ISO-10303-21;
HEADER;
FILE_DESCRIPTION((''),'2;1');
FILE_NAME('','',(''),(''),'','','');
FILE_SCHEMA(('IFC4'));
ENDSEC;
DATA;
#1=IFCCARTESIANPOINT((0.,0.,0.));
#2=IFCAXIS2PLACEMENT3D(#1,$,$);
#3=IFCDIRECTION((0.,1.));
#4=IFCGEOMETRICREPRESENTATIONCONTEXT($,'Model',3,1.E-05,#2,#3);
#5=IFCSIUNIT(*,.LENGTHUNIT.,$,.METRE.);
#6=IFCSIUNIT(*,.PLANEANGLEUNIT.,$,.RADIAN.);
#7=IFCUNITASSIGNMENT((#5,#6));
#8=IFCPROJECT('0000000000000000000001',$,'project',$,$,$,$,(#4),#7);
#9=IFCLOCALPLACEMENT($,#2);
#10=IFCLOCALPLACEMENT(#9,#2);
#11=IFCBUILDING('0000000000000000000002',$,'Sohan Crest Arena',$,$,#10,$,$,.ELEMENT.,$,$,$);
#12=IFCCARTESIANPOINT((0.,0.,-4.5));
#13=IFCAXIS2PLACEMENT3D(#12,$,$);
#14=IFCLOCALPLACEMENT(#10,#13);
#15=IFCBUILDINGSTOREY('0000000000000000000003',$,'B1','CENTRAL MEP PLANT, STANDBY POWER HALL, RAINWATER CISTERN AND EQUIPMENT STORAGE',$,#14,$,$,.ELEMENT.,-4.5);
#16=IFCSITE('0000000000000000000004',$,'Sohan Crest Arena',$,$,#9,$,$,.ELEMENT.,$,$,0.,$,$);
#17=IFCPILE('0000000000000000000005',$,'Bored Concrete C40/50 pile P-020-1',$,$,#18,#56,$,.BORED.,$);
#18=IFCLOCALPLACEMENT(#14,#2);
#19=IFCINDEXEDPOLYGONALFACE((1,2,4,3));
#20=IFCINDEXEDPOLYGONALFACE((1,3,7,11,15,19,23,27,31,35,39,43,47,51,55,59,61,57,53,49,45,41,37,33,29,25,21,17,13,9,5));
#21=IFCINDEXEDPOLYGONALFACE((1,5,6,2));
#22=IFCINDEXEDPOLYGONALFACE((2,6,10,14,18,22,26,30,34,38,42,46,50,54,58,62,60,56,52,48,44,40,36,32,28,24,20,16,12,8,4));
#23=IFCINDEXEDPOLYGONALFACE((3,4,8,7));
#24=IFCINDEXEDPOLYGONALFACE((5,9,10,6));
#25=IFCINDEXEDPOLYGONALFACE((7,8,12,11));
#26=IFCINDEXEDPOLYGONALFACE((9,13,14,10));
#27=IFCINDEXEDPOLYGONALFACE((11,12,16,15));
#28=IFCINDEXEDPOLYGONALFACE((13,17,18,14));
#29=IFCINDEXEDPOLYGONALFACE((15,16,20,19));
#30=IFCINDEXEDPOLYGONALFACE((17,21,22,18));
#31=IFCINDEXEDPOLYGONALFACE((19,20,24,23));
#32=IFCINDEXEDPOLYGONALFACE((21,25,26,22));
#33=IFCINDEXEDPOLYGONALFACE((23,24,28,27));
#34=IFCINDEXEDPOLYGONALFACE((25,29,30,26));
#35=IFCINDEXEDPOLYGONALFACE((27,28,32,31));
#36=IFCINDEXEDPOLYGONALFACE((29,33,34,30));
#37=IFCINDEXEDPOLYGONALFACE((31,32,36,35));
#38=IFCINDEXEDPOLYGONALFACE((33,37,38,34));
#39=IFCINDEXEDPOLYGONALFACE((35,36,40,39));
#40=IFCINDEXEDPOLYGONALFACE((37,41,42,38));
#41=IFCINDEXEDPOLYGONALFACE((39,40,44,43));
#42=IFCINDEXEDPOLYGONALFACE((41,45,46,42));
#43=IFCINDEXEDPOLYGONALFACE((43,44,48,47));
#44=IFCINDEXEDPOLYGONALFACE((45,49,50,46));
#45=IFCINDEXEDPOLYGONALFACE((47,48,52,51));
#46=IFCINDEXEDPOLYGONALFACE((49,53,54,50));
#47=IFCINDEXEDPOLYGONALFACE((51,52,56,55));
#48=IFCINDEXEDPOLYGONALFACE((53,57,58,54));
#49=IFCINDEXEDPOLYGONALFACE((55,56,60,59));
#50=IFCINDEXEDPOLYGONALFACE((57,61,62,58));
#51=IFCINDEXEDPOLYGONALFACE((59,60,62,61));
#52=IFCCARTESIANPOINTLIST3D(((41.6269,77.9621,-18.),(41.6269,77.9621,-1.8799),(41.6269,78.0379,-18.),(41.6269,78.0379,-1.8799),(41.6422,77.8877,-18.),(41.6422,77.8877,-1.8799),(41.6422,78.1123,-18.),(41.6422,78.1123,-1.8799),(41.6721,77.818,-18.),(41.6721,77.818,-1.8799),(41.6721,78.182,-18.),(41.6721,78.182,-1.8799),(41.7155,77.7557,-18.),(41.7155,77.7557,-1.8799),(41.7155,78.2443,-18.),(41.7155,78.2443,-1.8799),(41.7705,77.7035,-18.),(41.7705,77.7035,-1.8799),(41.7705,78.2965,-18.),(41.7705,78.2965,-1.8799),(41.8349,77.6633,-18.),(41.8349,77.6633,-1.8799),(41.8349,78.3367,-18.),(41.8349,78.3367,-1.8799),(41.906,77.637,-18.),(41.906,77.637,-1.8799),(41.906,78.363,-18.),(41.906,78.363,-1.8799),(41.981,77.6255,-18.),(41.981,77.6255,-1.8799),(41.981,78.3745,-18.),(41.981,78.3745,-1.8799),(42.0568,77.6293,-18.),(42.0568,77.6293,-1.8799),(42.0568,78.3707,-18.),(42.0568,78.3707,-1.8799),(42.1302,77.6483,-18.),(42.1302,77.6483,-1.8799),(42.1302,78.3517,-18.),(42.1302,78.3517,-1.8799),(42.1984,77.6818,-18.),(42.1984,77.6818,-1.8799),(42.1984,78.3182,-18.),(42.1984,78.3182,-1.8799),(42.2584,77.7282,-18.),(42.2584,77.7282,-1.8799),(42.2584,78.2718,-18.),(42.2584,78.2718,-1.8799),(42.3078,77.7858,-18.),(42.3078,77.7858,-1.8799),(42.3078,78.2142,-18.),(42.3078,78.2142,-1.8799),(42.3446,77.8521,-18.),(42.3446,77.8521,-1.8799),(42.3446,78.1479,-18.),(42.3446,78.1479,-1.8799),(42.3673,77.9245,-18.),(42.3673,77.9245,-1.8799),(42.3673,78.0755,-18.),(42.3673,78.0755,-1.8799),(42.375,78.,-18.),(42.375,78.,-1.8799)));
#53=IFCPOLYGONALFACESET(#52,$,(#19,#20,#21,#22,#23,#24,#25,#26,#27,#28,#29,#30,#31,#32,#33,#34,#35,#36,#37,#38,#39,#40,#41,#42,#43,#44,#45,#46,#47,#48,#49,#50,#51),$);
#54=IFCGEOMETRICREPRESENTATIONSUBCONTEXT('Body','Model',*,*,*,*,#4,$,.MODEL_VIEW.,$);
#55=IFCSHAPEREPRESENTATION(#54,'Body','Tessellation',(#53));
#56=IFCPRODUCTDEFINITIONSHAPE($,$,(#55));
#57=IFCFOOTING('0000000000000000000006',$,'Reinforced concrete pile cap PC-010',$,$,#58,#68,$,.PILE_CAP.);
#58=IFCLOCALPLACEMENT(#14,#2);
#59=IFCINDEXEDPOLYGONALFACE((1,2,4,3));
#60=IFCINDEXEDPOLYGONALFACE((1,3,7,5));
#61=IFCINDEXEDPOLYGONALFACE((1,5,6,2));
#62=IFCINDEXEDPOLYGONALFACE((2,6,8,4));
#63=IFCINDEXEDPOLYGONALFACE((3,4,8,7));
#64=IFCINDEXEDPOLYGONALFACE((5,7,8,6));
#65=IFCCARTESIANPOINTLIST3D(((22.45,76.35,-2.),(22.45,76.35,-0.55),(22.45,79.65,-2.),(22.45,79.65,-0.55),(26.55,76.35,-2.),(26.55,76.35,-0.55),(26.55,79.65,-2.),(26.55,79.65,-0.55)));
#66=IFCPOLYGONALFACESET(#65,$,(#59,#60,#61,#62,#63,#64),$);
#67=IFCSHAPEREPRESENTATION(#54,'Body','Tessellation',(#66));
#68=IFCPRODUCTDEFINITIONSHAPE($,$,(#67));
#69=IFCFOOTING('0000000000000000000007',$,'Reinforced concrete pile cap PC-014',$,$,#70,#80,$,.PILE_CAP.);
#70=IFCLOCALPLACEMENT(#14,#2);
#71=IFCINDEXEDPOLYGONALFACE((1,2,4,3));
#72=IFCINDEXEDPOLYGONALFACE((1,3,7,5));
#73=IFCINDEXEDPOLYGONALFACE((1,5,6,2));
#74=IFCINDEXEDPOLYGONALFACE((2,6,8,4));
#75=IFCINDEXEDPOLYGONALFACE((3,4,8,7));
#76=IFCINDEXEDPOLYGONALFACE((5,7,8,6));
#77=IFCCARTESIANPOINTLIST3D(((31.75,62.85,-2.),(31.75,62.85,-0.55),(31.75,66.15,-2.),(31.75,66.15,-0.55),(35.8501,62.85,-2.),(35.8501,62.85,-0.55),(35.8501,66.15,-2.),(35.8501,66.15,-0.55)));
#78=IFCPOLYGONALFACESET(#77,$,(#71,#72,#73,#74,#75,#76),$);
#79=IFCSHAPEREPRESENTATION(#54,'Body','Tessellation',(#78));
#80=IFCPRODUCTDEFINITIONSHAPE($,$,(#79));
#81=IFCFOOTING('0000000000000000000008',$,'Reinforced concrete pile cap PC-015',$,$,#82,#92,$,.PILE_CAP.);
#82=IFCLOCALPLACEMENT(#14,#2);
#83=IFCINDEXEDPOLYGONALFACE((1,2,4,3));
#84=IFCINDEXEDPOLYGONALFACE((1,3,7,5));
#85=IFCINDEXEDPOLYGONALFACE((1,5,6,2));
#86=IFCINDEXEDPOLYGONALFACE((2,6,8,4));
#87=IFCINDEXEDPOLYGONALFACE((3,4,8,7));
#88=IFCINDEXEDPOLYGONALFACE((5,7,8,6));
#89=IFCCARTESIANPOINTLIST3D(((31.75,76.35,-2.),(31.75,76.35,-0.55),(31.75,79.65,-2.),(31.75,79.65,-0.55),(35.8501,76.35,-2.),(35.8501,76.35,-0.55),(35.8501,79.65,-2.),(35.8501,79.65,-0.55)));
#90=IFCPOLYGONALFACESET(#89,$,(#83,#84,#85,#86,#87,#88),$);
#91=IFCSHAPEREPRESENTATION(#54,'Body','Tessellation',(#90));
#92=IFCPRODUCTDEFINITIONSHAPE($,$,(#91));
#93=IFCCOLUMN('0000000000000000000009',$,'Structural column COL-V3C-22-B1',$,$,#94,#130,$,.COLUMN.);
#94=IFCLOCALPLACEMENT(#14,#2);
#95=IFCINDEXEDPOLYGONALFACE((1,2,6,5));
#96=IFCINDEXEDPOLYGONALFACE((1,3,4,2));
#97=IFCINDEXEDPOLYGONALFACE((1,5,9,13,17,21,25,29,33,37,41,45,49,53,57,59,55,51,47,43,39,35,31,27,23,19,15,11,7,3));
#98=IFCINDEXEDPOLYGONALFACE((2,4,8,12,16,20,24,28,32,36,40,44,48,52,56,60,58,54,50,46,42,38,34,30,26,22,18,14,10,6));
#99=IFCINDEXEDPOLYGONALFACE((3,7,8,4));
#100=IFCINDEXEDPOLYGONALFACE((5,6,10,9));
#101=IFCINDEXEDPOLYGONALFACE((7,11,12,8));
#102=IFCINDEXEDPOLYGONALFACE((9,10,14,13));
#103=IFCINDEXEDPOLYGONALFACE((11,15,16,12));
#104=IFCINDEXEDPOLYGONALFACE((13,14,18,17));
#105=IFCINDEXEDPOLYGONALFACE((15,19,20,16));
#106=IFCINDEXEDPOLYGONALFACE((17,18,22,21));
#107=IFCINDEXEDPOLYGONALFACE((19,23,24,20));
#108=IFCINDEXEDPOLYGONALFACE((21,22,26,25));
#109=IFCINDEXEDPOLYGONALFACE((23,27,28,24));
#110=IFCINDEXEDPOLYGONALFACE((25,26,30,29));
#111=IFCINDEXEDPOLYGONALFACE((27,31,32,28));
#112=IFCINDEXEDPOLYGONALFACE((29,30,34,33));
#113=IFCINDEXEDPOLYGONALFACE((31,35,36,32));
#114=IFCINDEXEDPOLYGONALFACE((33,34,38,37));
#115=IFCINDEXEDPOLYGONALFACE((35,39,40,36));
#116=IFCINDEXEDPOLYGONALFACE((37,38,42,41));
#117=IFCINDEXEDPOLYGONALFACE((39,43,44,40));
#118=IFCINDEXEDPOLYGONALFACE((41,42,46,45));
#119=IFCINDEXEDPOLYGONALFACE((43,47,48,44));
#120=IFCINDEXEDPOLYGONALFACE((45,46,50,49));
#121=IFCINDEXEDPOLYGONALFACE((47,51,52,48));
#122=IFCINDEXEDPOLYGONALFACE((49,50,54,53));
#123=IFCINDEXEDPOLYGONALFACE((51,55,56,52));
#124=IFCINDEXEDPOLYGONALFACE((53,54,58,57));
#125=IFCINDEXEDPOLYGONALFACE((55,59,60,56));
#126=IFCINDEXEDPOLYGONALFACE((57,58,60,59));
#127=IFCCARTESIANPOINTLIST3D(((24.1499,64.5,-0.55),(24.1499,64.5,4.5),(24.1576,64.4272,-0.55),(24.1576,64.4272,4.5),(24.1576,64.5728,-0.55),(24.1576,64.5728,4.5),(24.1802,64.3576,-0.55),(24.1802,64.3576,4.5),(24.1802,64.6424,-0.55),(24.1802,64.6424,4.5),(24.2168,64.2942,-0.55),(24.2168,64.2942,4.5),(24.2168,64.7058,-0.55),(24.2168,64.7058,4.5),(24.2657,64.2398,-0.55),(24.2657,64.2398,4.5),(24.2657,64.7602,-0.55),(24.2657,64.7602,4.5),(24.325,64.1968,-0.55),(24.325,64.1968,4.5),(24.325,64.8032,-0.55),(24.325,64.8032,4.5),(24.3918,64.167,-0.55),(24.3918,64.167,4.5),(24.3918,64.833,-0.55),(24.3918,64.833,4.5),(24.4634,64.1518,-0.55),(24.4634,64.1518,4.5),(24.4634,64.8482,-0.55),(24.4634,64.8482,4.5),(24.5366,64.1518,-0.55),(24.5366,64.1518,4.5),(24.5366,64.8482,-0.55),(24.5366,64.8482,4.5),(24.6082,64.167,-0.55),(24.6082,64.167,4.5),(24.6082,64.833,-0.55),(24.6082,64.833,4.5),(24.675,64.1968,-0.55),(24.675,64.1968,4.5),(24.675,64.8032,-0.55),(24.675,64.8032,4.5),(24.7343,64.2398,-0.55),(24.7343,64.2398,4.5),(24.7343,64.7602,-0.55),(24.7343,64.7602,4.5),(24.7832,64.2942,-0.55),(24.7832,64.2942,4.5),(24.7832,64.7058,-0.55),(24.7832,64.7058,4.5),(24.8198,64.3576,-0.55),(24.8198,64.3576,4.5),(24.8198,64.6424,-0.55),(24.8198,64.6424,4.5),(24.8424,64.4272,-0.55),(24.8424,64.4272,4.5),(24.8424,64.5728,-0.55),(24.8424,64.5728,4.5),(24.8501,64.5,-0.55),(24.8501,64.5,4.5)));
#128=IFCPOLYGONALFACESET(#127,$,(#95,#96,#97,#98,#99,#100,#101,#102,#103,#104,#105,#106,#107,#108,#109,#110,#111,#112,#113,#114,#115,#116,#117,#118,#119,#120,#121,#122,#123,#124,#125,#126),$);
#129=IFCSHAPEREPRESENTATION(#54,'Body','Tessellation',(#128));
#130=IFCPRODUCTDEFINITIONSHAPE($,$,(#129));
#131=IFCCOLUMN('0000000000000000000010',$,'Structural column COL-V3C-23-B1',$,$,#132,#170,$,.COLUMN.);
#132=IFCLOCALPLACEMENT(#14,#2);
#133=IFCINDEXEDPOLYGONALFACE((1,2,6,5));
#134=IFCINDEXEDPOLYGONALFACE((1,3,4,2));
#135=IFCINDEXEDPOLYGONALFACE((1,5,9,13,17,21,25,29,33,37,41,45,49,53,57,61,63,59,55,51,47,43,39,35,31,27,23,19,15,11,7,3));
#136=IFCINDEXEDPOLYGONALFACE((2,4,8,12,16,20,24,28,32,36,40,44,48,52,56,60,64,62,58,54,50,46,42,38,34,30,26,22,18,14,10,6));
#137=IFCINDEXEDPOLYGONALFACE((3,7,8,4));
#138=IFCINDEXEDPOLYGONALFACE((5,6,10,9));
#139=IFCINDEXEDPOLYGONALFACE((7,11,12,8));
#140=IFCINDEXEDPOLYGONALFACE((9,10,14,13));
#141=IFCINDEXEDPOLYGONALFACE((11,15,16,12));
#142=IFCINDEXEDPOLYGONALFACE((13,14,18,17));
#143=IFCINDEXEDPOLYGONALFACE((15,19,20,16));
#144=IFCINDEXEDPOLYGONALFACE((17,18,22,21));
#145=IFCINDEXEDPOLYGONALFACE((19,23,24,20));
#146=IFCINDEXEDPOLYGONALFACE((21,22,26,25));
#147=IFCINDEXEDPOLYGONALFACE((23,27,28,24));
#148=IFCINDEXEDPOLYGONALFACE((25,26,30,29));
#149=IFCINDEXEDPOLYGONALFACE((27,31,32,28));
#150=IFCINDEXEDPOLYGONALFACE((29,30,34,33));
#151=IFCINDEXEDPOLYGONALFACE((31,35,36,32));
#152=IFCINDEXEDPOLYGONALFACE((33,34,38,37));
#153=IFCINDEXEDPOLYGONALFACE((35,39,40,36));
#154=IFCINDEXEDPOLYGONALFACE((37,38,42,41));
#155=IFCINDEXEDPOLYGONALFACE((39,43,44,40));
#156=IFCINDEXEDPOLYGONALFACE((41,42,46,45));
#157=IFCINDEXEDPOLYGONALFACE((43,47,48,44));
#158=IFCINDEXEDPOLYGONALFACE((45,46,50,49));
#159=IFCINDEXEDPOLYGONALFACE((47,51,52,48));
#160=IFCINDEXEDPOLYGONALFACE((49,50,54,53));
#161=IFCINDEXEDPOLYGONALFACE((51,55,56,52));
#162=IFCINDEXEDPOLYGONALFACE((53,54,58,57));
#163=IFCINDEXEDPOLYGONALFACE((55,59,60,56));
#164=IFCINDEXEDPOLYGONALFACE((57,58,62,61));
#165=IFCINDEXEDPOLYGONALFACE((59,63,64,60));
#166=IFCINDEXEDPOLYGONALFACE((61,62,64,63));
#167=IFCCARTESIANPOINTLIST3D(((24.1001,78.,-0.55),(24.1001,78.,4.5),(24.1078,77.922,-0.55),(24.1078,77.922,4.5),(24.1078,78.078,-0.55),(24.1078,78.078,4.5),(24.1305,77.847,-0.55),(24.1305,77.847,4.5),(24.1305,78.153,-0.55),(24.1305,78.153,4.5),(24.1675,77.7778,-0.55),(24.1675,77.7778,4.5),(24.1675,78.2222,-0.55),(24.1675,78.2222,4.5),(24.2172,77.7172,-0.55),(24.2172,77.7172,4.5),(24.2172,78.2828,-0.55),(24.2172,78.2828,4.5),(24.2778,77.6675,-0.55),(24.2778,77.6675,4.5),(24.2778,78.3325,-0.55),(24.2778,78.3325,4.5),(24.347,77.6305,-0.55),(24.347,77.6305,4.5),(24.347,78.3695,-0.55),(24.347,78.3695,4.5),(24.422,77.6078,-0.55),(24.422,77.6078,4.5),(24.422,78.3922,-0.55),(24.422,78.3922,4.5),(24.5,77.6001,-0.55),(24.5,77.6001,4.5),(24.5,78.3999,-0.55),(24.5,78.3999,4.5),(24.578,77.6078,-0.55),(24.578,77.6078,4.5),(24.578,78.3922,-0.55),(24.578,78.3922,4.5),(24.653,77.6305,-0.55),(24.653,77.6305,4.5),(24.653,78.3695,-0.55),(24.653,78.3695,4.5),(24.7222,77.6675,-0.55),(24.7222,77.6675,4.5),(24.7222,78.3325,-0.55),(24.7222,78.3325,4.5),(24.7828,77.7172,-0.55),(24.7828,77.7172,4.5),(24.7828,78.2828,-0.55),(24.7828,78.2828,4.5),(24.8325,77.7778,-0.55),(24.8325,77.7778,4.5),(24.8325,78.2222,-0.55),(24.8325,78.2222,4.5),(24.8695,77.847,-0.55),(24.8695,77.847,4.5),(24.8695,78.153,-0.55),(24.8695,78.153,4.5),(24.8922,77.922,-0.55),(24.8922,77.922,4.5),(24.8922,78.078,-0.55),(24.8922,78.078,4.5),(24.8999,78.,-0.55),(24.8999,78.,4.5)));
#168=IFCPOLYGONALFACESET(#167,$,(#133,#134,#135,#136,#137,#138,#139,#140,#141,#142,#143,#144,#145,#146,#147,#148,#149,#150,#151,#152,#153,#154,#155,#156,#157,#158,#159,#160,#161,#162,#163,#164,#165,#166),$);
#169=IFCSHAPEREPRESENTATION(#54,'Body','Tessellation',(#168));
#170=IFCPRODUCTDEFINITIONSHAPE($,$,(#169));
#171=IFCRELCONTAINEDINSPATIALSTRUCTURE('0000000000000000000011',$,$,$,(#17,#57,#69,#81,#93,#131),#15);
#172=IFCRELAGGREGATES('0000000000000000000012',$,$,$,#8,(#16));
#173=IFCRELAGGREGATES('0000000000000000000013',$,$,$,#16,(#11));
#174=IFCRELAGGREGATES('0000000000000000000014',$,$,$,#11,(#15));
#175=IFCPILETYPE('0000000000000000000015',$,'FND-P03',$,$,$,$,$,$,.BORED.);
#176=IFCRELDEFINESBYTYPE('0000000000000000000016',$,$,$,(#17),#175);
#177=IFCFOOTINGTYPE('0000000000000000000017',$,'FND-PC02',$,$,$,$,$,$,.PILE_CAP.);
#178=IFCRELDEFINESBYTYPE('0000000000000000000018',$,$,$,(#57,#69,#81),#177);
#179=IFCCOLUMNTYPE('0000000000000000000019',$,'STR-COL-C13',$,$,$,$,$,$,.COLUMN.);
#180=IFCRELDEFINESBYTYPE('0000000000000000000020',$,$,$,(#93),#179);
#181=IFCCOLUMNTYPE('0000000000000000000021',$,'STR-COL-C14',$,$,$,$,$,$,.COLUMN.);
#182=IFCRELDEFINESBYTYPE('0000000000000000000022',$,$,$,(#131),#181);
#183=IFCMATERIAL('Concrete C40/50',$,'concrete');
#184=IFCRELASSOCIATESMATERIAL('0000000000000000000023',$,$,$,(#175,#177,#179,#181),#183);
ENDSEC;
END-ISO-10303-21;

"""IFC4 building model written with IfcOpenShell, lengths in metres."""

from ifc_helpers import new_model, si_unit, direction, frame, origin, origin_2d, place, context, subcontext, project, spatial, rectangle, circle, extrude, material, material_profile, profile_set, type_object, element, save


model = new_model("IFC4")

# Units and contexts
model_context = context("Model", 3, precision=1e-05, world=origin(), true_north=direction((0.0, 1.0)))
body_context = subcontext(model_context, "Body", "Model", "MODEL_VIEW")
ifc_project = project(units=[si_unit("LENGTHUNIT", "METRE"), si_unit("PLANEANGLEUNIT", "RADIAN")], contexts=[model_context])

# Site, building, storey
site_placement = place(None, origin())
site = spatial("IfcSite", under=ifc_project, at=site_placement, Name="Sohan Crest Arena", CompositionType="ELEMENT", RefElevation=0.0)
building_placement = place(site_placement, origin())
building = spatial("IfcBuilding", under=site, at=building_placement, Name="Sohan Crest Arena", CompositionType="ELEMENT")
storey_placement = place(building_placement, frame((0.0, 0.0, -4.5)))
storey = spatial("IfcBuildingStorey", under=building, at=storey_placement, Name="B1", Description="CENTRAL MEP PLANT, STANDBY POWER HALL, RAINWATER CISTERN AND EQUIPMENT STORAGE", CompositionType="ELEMENT", Elevation=-4.5)

# Shared definitions
ifc_material = material(Name="Concrete C40/50", Category="concrete")

# Pile
ifc_material_profile_1 = material_profile(ifc_material, circle(Radius=0.375, at=origin_2d()), Name="PILE D750")
ifc_profile_set_1 = profile_set([ifc_material_profile_1], Name="Concrete C40/50")
pile_type = type_object("IfcPileType", Name="FND-P03", PredefinedType="BORED", material=ifc_profile_set_1)
for number, where, z_axis, x_axis, name in (
    (1, (42.0, 78.0, -18.0), (0.0, 0.0, 1.0), (1.0, 0.0, 0.0), "Bored Concrete C40/50 pile P-020-1"),
):
    element("IfcPile", number, at=place(storey_placement, frame(where, z_axis=z_axis, x_axis=x_axis)), inside=storey, type_object=pile_type, Name=name, PredefinedType="BORED", context=body_context, shape_type="SweptSolid", body=[
        extrude(circle(Radius=0.375, at=origin_2d()), origin(), (0.0, 0.0, 1.0), 16.1201),
    ])

# Footings
footing_type_1 = type_object("IfcFootingType", Name="FND-PC02", PredefinedType="PILE_CAP", material=ifc_material)
for number, where, z_axis, x_axis, name in (
    (2, (24.5, 78.0, -2.0), (0.0, 0.0, 1.0), (1.0, 0.0, 0.0), "Reinforced concrete pile cap PC-010"),
    (3, (33.8, 64.5, -2.0), (0.0, 0.0, 1.0), (1.0, 0.0, 0.0), "Reinforced concrete pile cap PC-014"),
    (4, (33.8, 78.0, -2.0), (0.0, 0.0, 1.0), (1.0, 0.0, 0.0), "Reinforced concrete pile cap PC-015"),
):
    element("IfcFooting", number, at=place(storey_placement, frame(where, z_axis=z_axis, x_axis=x_axis)), inside=storey, type_object=footing_type_1, Name=name, PredefinedType="PILE_CAP", context=body_context, shape_type="SweptSolid", body=[
        extrude(rectangle(XDim=4.1001, YDim=3.3, at=origin_2d()), origin(), (0.0, 0.0, 1.0), 1.45),
    ])

# Columns
ifc_material_profile_2 = material_profile(ifc_material, circle(Radius=0.3501, at=origin_2d()), Name="RC D700")
ifc_profile_set_2 = profile_set([ifc_material_profile_2], Name="Concrete C40/50")
column_type_1 = type_object("IfcColumnType", Name="STR-COL-C13", PredefinedType="COLUMN", material=ifc_profile_set_2)
column_placement = place(storey_placement, frame((24.5, 64.5, -0.55), z_axis=(0.0, 0.0, 1.0), x_axis=(1.0, 0.0, 0.0)))
element("IfcColumn", 5, at=column_placement, inside=storey, type_object=column_type_1, Name="Structural column COL-V3C-22-B1", PredefinedType="COLUMN", context=body_context, shape_type="SweptSolid", body=[
    extrude(circle(Radius=0.3501, at=origin_2d()), origin(), (0.0, 0.0, 1.0), 5.05),
])
ifc_material_profile_3 = material_profile(ifc_material, circle(Radius=0.3999, at=origin_2d()), Name="RC D800")
ifc_profile_set_3 = profile_set([ifc_material_profile_3], Name="Concrete C40/50")
column_type_2 = type_object("IfcColumnType", Name="STR-COL-C14", PredefinedType="COLUMN", material=ifc_profile_set_3)
for number, where, z_axis, x_axis, name in (
    (6, (24.5, 78.0, -0.55), (0.0, 0.0, 1.0), (1.0, 0.0, 0.0), "Structural column COL-V3C-23-B1"),
):
    element("IfcColumn", number, at=place(storey_placement, frame(where, z_axis=z_axis, x_axis=x_axis)), inside=storey, type_object=column_type_2, Name=name, PredefinedType="COLUMN", context=body_context, shape_type="SweptSolid", body=[
        extrude(circle(Radius=0.3999, at=origin_2d()), origin(), (0.0, 0.0, 1.0), 5.05),
    ])

save(model, "model.ifc")
